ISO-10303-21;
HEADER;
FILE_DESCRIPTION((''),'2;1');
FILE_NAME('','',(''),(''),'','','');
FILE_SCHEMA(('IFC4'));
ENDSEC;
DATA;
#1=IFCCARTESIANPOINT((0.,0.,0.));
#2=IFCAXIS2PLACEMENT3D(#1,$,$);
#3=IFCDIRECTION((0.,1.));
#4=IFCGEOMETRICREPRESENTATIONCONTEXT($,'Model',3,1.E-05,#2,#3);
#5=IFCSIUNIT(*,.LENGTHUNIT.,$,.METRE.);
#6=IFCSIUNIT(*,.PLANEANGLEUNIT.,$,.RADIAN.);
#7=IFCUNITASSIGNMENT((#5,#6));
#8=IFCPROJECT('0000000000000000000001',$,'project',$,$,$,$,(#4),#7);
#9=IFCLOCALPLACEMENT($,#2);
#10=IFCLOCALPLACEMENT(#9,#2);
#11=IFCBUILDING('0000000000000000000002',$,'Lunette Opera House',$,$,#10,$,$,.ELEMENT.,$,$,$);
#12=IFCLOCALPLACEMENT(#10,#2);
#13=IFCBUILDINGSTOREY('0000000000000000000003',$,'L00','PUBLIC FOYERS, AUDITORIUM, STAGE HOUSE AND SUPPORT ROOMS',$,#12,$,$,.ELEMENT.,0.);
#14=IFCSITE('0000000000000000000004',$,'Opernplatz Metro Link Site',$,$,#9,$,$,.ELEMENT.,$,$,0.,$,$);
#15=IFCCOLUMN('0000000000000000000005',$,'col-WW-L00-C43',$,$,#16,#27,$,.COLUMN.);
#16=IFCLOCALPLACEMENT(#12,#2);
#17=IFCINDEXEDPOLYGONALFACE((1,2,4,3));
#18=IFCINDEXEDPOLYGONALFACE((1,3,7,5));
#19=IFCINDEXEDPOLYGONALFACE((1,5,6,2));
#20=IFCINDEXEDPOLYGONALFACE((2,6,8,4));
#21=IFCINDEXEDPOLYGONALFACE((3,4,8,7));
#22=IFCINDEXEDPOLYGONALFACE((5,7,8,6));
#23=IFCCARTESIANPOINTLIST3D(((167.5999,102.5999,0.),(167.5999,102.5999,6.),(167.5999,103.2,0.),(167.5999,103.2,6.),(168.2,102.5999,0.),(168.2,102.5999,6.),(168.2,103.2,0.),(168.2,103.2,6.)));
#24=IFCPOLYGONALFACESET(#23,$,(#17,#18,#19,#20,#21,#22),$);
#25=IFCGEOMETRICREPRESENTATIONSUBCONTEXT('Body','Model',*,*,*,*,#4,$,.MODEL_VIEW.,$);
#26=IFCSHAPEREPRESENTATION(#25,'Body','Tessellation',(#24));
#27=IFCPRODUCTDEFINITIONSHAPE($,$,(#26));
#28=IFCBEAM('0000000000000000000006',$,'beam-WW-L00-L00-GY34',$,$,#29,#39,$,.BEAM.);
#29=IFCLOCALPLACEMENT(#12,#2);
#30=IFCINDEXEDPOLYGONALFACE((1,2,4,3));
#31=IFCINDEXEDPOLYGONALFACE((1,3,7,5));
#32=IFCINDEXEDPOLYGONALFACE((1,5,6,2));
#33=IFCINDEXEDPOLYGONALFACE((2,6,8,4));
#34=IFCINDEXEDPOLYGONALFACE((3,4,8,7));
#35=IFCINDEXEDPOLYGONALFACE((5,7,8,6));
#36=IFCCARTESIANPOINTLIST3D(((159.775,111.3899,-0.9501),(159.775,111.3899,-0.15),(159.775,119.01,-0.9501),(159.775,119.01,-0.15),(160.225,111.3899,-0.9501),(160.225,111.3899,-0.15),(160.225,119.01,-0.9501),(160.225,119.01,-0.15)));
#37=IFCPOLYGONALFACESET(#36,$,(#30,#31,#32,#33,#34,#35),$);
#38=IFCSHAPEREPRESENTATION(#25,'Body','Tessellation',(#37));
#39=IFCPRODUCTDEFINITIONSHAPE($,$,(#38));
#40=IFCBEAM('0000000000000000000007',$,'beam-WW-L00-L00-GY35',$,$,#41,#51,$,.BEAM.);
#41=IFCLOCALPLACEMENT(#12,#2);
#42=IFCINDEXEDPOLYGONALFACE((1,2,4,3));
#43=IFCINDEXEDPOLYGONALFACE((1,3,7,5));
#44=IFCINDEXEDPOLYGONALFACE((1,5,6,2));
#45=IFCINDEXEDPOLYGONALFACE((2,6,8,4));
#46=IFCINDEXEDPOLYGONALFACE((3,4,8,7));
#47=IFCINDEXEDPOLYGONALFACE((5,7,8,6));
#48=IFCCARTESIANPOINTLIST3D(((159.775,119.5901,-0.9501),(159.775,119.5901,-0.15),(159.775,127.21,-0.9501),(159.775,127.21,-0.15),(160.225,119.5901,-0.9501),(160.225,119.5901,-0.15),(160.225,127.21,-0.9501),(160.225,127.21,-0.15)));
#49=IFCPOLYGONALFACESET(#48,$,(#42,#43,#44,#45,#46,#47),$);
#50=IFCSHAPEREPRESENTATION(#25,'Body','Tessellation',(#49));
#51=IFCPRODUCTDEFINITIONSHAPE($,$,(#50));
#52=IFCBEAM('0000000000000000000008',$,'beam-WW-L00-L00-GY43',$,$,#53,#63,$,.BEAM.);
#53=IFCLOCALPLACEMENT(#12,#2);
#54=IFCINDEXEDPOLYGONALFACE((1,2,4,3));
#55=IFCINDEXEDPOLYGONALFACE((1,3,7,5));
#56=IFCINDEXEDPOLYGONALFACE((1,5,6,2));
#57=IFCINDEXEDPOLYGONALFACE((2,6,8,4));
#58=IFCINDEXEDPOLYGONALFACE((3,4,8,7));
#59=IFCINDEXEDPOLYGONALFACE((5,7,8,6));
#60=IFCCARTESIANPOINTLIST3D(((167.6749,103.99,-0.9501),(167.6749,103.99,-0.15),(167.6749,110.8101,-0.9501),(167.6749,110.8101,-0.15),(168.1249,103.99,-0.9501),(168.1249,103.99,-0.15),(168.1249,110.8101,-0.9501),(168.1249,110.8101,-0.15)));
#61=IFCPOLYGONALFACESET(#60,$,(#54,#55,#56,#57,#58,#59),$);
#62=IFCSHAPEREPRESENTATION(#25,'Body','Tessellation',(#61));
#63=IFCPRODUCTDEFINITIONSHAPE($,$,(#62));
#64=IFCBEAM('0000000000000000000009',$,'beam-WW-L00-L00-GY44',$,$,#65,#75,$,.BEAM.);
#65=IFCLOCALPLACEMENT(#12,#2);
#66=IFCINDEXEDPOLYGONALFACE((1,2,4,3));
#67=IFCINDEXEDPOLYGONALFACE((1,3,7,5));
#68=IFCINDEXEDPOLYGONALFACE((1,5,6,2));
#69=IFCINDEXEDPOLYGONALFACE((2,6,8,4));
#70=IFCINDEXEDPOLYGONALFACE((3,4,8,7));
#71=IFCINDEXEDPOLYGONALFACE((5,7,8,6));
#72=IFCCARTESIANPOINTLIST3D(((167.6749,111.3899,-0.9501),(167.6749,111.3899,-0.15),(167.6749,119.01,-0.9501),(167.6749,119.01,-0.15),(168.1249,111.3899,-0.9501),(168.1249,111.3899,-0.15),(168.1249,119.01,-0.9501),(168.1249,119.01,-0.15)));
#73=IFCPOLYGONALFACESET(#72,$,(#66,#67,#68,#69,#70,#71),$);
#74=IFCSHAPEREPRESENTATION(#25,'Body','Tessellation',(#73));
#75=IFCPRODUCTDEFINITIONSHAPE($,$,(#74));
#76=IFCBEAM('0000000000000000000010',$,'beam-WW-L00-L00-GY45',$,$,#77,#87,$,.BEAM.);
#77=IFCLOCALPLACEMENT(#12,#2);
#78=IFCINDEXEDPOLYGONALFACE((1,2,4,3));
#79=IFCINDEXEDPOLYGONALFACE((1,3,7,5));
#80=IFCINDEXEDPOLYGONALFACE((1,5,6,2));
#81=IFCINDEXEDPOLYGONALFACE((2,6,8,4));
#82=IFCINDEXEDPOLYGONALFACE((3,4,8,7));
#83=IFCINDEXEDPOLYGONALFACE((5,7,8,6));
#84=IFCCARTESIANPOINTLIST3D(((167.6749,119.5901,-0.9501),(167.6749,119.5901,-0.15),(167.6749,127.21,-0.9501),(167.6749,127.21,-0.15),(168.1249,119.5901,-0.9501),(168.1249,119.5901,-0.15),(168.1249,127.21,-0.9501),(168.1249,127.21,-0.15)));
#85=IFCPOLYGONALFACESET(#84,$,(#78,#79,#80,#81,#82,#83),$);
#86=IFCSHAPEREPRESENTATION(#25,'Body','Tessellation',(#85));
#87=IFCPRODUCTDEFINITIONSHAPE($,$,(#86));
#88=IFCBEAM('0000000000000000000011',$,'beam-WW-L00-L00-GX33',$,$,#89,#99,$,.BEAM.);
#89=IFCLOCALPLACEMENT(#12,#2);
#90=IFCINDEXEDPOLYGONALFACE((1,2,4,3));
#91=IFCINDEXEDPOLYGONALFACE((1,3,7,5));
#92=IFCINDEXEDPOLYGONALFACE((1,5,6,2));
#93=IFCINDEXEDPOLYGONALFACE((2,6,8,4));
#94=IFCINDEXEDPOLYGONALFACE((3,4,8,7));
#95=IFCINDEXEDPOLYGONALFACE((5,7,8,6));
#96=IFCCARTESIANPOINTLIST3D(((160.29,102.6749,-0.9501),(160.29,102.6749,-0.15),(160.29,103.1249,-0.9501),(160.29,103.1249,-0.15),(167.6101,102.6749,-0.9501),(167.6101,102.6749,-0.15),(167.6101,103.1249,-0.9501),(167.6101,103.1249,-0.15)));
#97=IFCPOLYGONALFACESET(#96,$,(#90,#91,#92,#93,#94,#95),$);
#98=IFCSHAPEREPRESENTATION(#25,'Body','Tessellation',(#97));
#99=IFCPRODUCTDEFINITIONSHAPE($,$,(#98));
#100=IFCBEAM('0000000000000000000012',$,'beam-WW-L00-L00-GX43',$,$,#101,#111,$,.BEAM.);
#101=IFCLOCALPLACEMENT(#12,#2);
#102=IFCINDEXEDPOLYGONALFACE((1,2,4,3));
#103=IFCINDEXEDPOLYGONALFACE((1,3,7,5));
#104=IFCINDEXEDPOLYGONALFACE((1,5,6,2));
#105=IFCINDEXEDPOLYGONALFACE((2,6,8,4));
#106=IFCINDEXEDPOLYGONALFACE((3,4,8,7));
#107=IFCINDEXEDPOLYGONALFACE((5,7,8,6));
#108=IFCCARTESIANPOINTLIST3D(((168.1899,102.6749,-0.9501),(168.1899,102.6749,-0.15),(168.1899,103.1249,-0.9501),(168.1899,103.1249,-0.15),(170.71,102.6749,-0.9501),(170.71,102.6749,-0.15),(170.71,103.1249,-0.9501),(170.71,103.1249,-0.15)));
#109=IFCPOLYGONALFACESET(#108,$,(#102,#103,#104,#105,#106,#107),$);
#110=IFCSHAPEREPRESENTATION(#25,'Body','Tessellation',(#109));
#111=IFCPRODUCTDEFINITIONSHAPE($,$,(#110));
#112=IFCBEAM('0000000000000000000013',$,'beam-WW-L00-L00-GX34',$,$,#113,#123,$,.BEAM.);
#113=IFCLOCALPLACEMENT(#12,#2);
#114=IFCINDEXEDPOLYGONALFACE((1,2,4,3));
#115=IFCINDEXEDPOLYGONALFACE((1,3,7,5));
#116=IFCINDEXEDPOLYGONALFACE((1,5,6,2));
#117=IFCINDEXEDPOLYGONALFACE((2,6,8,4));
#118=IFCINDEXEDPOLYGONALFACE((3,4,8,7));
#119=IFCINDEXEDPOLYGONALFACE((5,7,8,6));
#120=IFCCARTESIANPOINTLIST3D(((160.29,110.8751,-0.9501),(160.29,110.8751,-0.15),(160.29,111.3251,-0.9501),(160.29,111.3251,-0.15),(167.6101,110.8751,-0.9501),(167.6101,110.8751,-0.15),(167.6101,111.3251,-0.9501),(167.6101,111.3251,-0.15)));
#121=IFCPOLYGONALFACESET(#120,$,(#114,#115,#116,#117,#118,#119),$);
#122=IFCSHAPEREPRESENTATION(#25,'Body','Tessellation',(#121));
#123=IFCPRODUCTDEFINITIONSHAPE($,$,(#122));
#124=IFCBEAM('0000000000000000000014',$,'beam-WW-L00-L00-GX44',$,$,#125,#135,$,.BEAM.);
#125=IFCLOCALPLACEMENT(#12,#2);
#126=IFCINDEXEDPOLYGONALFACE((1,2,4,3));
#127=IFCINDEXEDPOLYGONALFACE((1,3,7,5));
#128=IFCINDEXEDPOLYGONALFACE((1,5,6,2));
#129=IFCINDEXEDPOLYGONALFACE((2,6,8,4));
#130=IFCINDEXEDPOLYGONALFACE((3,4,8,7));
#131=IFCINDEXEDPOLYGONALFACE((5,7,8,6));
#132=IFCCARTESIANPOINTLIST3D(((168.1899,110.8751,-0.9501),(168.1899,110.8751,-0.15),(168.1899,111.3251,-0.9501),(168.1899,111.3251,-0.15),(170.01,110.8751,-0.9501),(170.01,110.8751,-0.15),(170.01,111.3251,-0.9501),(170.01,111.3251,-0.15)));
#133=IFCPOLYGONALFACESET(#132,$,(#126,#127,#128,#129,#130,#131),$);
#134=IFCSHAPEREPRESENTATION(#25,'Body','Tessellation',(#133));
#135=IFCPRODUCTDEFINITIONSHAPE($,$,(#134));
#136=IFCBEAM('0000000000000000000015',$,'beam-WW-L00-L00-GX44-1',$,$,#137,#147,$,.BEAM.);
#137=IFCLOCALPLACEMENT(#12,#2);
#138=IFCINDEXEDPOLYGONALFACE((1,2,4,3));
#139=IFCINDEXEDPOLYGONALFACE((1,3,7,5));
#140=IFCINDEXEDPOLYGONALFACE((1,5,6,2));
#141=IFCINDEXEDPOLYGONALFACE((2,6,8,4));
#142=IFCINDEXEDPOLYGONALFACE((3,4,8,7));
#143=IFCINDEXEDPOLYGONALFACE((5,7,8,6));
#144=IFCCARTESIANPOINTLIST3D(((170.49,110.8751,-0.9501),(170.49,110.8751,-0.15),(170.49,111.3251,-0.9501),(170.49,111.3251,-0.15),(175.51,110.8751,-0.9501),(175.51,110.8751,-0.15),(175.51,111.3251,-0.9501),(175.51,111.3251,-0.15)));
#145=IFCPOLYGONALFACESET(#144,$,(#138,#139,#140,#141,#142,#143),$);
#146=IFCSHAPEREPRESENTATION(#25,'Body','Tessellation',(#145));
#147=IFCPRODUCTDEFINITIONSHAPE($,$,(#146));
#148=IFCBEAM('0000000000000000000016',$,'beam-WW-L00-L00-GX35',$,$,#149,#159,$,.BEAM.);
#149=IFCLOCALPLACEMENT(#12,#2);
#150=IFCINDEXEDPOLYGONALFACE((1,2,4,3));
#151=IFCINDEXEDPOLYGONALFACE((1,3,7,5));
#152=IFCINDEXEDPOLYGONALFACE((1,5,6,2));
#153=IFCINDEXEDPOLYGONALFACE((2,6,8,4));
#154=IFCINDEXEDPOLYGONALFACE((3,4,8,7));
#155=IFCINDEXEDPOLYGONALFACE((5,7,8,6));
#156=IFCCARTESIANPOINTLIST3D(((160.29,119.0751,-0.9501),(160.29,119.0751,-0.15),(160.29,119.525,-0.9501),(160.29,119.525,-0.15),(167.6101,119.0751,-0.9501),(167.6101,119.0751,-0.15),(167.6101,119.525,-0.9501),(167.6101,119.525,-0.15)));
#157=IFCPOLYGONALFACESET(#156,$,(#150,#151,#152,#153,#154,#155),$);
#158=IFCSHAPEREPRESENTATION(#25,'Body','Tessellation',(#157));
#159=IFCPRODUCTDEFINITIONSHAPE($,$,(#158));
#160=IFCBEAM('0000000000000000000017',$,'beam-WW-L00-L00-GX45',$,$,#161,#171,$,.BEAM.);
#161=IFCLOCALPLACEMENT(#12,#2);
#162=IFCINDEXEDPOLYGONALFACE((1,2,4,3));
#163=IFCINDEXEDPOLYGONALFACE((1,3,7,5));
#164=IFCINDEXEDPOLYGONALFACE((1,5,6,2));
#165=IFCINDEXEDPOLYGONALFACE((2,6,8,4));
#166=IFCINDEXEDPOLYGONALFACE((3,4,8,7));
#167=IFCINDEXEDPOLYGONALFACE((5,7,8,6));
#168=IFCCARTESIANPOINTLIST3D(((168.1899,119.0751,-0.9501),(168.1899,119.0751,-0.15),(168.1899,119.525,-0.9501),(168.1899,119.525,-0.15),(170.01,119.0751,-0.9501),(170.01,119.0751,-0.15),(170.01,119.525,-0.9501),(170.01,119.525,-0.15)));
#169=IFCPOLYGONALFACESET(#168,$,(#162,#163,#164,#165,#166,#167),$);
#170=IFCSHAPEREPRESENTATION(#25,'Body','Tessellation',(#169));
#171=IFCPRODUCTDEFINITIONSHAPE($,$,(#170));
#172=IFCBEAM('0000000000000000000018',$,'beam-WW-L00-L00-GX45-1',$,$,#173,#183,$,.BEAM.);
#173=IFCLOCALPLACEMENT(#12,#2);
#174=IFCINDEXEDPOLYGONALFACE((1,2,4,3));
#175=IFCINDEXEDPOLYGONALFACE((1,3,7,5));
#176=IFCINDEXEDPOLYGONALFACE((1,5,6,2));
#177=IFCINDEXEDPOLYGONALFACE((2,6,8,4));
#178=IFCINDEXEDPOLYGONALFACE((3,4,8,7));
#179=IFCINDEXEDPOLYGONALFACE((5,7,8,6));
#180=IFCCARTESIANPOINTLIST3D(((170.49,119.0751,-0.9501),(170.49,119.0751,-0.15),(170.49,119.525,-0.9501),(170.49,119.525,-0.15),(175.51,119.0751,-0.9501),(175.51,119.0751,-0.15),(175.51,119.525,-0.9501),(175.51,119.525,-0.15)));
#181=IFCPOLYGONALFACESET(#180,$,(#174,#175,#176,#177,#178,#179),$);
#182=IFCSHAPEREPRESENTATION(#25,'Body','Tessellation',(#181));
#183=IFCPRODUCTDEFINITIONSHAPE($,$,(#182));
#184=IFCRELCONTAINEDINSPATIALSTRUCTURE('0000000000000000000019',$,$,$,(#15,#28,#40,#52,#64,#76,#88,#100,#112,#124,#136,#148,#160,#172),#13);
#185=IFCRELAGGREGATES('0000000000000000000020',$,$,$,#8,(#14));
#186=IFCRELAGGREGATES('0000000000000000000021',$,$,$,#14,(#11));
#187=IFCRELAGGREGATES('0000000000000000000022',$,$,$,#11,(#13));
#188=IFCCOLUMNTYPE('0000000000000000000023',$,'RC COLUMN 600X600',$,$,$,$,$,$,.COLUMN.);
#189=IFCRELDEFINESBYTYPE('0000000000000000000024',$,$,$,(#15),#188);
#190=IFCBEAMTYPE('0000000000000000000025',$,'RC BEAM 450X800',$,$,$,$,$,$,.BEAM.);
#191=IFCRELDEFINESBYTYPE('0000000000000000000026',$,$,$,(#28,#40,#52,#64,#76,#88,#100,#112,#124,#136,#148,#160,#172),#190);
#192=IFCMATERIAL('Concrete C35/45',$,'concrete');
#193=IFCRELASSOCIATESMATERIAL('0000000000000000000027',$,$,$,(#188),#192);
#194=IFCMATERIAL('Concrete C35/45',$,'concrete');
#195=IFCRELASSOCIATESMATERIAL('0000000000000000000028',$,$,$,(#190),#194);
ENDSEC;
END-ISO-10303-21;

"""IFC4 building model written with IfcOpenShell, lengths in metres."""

from ifc_helpers import new_model, si_unit, direction, frame, origin, origin_2d, place, context, subcontext, project, spatial, rectangle, extrude, material, material_profile, profile_set, type_object, element, save


model = new_model("IFC4")

# Units and contexts
model_context = context("Model", 3, precision=1e-05, world=origin(), true_north=direction((0.0, 1.0)))
body_context = subcontext(model_context, "Body", "Model", "MODEL_VIEW")
ifc_project = project(units=[si_unit("LENGTHUNIT", "METRE"), si_unit("PLANEANGLEUNIT", "RADIAN")], contexts=[model_context])

# Site, building, storey
site_placement = place(None, origin())
site = spatial("IfcSite", under=ifc_project, at=site_placement, Name="Opernplatz Metro Link Site", CompositionType="ELEMENT", RefElevation=0.0)
building_placement = place(site_placement, origin())
building = spatial("IfcBuilding", under=site, at=building_placement, Name="Lunette Opera House", CompositionType="ELEMENT")
storey_placement = place(building_placement, origin())
storey = spatial("IfcBuildingStorey", under=building, at=storey_placement, Name="L00", Description="PUBLIC FOYERS, AUDITORIUM, STAGE HOUSE AND SUPPORT ROOMS", CompositionType="ELEMENT", Elevation=0.0)

# Column
ifc_material_1 = material(Name="Concrete C35/45", Category="concrete")
ifc_material_profile_1 = material_profile(ifc_material_1, rectangle(XDim=0.6001, YDim=0.6001, at=origin_2d()), Name="RC COLUMN 600X600")
ifc_profile_set_1 = profile_set([ifc_material_profile_1], Name="Concrete C35/45")
column_type = type_object("IfcColumnType", Name="RC COLUMN 600X600", PredefinedType="COLUMN", material=ifc_profile_set_1)
column_placement = place(storey_placement, frame((167.8999, 102.8999, 0.0), z_axis=(0.0, 0.0, 1.0), x_axis=(1.0, 0.0, 0.0)))
element("IfcColumn", 1, at=column_placement, inside=storey, type_object=column_type, Name="col-WW-L00-C43", PredefinedType="COLUMN", context=body_context, shape_type="SweptSolid", body=[
    extrude(rectangle(XDim=0.6001, YDim=0.6001, at=origin_2d()), origin(), (0.0, 0.0, 1.0), 6.0),
])

# Beams
ifc_material_2 = material(Name="Concrete C35/45", Category="concrete")
ifc_material_profile_2 = material_profile(ifc_material_2, rectangle(XDim=0.45, YDim=0.8, at=origin_2d()), Name="RC BEAM 450X800")
ifc_profile_set_2 = profile_set([ifc_material_profile_2], Name="Concrete C35/45")
beam_type_1 = type_object("IfcBeamType", Name="RC BEAM 450X800", PredefinedType="BEAM", material=ifc_profile_set_2)
beam_1_placement = place(storey_placement, frame((160.0, 111.3899, -0.55), z_axis=(0.0, 1.0, 0.0), x_axis=(-1.0, 0.0, 0.0)))
element("IfcBeam", 2, at=beam_1_placement, inside=storey, type_object=beam_type_1, Name="beam-WW-L00-L00-GY34", PredefinedType="BEAM", context=body_context, shape_type="SweptSolid", body=[
    extrude(rectangle(XDim=0.45, YDim=0.8, at=origin_2d()), origin(), (0.0, 0.0, 1.0), 7.6201),
])
beam_2_placement = place(storey_placement, frame((160.0, 119.5901, -0.55), z_axis=(0.0, 1.0, 0.0), x_axis=(-1.0, 0.0, 0.0)))
element("IfcBeam", 3, at=beam_2_placement, inside=storey, type_object=beam_type_1, Name="beam-WW-L00-L00-GY35", PredefinedType="BEAM", context=body_context, shape_type="SweptSolid", body=[
    extrude(rectangle(XDim=0.45, YDim=0.8, at=origin_2d()), origin(), (0.0, 0.0, 1.0), 7.6199),
])
beam_3_placement = place(storey_placement, frame((167.8999, 103.99, -0.55), z_axis=(0.0, 1.0, 0.0), x_axis=(-1.0, 0.0, 0.0)))
element("IfcBeam", 4, at=beam_3_placement, inside=storey, type_object=beam_type_1, Name="beam-WW-L00-L00-GY43", PredefinedType="BEAM", context=body_context, shape_type="SweptSolid", body=[
    extrude(rectangle(XDim=0.45, YDim=0.8, at=origin_2d()), origin(), (0.0, 0.0, 1.0), 6.8201),
])
beam_4_placement = place(storey_placement, frame((167.8999, 111.3899, -0.55), z_axis=(0.0, 1.0, 0.0), x_axis=(-1.0, 0.0, 0.0)))
element("IfcBeam", 5, at=beam_4_placement, inside=storey, type_object=beam_type_1, Name="beam-WW-L00-L00-GY44", PredefinedType="BEAM", context=body_context, shape_type="SweptSolid", body=[
    extrude(rectangle(XDim=0.45, YDim=0.8, at=origin_2d()), origin(), (0.0, 0.0, 1.0), 7.6201),
])
beam_5_placement = place(storey_placement, frame((167.8999, 119.5901, -0.55), z_axis=(0.0, 1.0, 0.0), x_axis=(-1.0, 0.0, 0.0)))
element("IfcBeam", 6, at=beam_5_placement, inside=storey, type_object=beam_type_1, Name="beam-WW-L00-L00-GY45", PredefinedType="BEAM", context=body_context, shape_type="SweptSolid", body=[
    extrude(rectangle(XDim=0.45, YDim=0.8, at=origin_2d()), origin(), (0.0, 0.0, 1.0), 7.6199),
])
beam_6_placement = place(storey_placement, frame((160.29, 102.8999, -0.55), z_axis=(1.0, 0.0, 0.0), x_axis=(0.0, 1.0, 0.0)))
element("IfcBeam", 7, at=beam_6_placement, inside=storey, type_object=beam_type_1, Name="beam-WW-L00-L00-GX33", PredefinedType="BEAM", context=body_context, shape_type="SweptSolid", body=[
    extrude(rectangle(XDim=0.45, YDim=0.8, at=origin_2d()), origin(), (0.0, 0.0, 1.0), 7.3201),
])
beam_7_placement = place(storey_placement, frame((168.1899, 102.8999, -0.55), z_axis=(1.0, 0.0, 0.0), x_axis=(0.0, 1.0, 0.0)))
element("IfcBeam", 8, at=beam_7_placement, inside=storey, type_object=beam_type_1, Name="beam-WW-L00-L00-GX43", PredefinedType="BEAM", context=body_context, shape_type="SweptSolid", body=[
    extrude(rectangle(XDim=0.45, YDim=0.8, at=origin_2d()), origin(), (0.0, 0.0, 1.0), 2.52),
])
beam_8_placement = place(storey_placement, frame((160.29, 111.1001, -0.55), z_axis=(1.0, 0.0, 0.0), x_axis=(0.0, 1.0, 0.0)))
element("IfcBeam", 9, at=beam_8_placement, inside=storey, type_object=beam_type_1, Name="beam-WW-L00-L00-GX34", PredefinedType="BEAM", context=body_context, shape_type="SweptSolid", body=[
    extrude(rectangle(XDim=0.45, YDim=0.8, at=origin_2d()), origin(), (0.0, 0.0, 1.0), 7.3201),
])
beam_9_placement = place(storey_placement, frame((168.1899, 111.1001, -0.55), z_axis=(1.0, 0.0, 0.0), x_axis=(0.0, 1.0, 0.0)))
element("IfcBeam", 10, at=beam_9_placement, inside=storey, type_object=beam_type_1, Name="beam-WW-L00-L00-GX44", PredefinedType="BEAM", context=body_context, shape_type="SweptSolid", body=[
    extrude(rectangle(XDim=0.45, YDim=0.8, at=origin_2d()), origin(), (0.0, 0.0, 1.0), 1.8201),
])
beam_10_placement = place(storey_placement, frame((170.49, 111.1001, -0.55), z_axis=(1.0, 0.0, 0.0), x_axis=(0.0, 1.0, 0.0)))
element("IfcBeam", 11, at=beam_10_placement, inside=storey, type_object=beam_type_1, Name="beam-WW-L00-L00-GX44-1", PredefinedType="BEAM", context=body_context, shape_type="SweptSolid", body=[
    extrude(rectangle(XDim=0.45, YDim=0.8, at=origin_2d()), origin(), (0.0, 0.0, 1.0), 5.02),
])
beam_11_placement = place(storey_placement, frame((160.29, 119.3, -0.55), z_axis=(1.0, 0.0, 0.0), x_axis=(0.0, 1.0, 0.0)))
element("IfcBeam", 12, at=beam_11_placement, inside=storey, type_object=beam_type_1, Name="beam-WW-L00-L00-GX35", PredefinedType="BEAM", context=body_context, shape_type="SweptSolid", body=[
    extrude(rectangle(XDim=0.45, YDim=0.8, at=origin_2d()), origin(), (0.0, 0.0, 1.0), 7.3201),
])
beam_12_placement = place(storey_placement, frame((168.1899, 119.3, -0.55), z_axis=(1.0, 0.0, 0.0), x_axis=(0.0, 1.0, 0.0)))
element("IfcBeam", 13, at=beam_12_placement, inside=storey, type_object=beam_type_1, Name="beam-WW-L00-L00-GX45", PredefinedType="BEAM", context=body_context, shape_type="SweptSolid", body=[
    extrude(rectangle(XDim=0.45, YDim=0.8, at=origin_2d()), origin(), (0.0, 0.0, 1.0), 1.8201),
])
beam_13_placement = place(storey_placement, frame((170.49, 119.3, -0.55), z_axis=(1.0, 0.0, 0.0), x_axis=(0.0, 1.0, 0.0)))
element("IfcBeam", 14, at=beam_13_placement, inside=storey, type_object=beam_type_1, Name="beam-WW-L00-L00-GX45-1", PredefinedType="BEAM", context=body_context, shape_type="SweptSolid", body=[
    extrude(rectangle(XDim=0.45, YDim=0.8, at=origin_2d()), origin(), (0.0, 0.0, 1.0), 5.02),
])

save(model, "model.ifc")
